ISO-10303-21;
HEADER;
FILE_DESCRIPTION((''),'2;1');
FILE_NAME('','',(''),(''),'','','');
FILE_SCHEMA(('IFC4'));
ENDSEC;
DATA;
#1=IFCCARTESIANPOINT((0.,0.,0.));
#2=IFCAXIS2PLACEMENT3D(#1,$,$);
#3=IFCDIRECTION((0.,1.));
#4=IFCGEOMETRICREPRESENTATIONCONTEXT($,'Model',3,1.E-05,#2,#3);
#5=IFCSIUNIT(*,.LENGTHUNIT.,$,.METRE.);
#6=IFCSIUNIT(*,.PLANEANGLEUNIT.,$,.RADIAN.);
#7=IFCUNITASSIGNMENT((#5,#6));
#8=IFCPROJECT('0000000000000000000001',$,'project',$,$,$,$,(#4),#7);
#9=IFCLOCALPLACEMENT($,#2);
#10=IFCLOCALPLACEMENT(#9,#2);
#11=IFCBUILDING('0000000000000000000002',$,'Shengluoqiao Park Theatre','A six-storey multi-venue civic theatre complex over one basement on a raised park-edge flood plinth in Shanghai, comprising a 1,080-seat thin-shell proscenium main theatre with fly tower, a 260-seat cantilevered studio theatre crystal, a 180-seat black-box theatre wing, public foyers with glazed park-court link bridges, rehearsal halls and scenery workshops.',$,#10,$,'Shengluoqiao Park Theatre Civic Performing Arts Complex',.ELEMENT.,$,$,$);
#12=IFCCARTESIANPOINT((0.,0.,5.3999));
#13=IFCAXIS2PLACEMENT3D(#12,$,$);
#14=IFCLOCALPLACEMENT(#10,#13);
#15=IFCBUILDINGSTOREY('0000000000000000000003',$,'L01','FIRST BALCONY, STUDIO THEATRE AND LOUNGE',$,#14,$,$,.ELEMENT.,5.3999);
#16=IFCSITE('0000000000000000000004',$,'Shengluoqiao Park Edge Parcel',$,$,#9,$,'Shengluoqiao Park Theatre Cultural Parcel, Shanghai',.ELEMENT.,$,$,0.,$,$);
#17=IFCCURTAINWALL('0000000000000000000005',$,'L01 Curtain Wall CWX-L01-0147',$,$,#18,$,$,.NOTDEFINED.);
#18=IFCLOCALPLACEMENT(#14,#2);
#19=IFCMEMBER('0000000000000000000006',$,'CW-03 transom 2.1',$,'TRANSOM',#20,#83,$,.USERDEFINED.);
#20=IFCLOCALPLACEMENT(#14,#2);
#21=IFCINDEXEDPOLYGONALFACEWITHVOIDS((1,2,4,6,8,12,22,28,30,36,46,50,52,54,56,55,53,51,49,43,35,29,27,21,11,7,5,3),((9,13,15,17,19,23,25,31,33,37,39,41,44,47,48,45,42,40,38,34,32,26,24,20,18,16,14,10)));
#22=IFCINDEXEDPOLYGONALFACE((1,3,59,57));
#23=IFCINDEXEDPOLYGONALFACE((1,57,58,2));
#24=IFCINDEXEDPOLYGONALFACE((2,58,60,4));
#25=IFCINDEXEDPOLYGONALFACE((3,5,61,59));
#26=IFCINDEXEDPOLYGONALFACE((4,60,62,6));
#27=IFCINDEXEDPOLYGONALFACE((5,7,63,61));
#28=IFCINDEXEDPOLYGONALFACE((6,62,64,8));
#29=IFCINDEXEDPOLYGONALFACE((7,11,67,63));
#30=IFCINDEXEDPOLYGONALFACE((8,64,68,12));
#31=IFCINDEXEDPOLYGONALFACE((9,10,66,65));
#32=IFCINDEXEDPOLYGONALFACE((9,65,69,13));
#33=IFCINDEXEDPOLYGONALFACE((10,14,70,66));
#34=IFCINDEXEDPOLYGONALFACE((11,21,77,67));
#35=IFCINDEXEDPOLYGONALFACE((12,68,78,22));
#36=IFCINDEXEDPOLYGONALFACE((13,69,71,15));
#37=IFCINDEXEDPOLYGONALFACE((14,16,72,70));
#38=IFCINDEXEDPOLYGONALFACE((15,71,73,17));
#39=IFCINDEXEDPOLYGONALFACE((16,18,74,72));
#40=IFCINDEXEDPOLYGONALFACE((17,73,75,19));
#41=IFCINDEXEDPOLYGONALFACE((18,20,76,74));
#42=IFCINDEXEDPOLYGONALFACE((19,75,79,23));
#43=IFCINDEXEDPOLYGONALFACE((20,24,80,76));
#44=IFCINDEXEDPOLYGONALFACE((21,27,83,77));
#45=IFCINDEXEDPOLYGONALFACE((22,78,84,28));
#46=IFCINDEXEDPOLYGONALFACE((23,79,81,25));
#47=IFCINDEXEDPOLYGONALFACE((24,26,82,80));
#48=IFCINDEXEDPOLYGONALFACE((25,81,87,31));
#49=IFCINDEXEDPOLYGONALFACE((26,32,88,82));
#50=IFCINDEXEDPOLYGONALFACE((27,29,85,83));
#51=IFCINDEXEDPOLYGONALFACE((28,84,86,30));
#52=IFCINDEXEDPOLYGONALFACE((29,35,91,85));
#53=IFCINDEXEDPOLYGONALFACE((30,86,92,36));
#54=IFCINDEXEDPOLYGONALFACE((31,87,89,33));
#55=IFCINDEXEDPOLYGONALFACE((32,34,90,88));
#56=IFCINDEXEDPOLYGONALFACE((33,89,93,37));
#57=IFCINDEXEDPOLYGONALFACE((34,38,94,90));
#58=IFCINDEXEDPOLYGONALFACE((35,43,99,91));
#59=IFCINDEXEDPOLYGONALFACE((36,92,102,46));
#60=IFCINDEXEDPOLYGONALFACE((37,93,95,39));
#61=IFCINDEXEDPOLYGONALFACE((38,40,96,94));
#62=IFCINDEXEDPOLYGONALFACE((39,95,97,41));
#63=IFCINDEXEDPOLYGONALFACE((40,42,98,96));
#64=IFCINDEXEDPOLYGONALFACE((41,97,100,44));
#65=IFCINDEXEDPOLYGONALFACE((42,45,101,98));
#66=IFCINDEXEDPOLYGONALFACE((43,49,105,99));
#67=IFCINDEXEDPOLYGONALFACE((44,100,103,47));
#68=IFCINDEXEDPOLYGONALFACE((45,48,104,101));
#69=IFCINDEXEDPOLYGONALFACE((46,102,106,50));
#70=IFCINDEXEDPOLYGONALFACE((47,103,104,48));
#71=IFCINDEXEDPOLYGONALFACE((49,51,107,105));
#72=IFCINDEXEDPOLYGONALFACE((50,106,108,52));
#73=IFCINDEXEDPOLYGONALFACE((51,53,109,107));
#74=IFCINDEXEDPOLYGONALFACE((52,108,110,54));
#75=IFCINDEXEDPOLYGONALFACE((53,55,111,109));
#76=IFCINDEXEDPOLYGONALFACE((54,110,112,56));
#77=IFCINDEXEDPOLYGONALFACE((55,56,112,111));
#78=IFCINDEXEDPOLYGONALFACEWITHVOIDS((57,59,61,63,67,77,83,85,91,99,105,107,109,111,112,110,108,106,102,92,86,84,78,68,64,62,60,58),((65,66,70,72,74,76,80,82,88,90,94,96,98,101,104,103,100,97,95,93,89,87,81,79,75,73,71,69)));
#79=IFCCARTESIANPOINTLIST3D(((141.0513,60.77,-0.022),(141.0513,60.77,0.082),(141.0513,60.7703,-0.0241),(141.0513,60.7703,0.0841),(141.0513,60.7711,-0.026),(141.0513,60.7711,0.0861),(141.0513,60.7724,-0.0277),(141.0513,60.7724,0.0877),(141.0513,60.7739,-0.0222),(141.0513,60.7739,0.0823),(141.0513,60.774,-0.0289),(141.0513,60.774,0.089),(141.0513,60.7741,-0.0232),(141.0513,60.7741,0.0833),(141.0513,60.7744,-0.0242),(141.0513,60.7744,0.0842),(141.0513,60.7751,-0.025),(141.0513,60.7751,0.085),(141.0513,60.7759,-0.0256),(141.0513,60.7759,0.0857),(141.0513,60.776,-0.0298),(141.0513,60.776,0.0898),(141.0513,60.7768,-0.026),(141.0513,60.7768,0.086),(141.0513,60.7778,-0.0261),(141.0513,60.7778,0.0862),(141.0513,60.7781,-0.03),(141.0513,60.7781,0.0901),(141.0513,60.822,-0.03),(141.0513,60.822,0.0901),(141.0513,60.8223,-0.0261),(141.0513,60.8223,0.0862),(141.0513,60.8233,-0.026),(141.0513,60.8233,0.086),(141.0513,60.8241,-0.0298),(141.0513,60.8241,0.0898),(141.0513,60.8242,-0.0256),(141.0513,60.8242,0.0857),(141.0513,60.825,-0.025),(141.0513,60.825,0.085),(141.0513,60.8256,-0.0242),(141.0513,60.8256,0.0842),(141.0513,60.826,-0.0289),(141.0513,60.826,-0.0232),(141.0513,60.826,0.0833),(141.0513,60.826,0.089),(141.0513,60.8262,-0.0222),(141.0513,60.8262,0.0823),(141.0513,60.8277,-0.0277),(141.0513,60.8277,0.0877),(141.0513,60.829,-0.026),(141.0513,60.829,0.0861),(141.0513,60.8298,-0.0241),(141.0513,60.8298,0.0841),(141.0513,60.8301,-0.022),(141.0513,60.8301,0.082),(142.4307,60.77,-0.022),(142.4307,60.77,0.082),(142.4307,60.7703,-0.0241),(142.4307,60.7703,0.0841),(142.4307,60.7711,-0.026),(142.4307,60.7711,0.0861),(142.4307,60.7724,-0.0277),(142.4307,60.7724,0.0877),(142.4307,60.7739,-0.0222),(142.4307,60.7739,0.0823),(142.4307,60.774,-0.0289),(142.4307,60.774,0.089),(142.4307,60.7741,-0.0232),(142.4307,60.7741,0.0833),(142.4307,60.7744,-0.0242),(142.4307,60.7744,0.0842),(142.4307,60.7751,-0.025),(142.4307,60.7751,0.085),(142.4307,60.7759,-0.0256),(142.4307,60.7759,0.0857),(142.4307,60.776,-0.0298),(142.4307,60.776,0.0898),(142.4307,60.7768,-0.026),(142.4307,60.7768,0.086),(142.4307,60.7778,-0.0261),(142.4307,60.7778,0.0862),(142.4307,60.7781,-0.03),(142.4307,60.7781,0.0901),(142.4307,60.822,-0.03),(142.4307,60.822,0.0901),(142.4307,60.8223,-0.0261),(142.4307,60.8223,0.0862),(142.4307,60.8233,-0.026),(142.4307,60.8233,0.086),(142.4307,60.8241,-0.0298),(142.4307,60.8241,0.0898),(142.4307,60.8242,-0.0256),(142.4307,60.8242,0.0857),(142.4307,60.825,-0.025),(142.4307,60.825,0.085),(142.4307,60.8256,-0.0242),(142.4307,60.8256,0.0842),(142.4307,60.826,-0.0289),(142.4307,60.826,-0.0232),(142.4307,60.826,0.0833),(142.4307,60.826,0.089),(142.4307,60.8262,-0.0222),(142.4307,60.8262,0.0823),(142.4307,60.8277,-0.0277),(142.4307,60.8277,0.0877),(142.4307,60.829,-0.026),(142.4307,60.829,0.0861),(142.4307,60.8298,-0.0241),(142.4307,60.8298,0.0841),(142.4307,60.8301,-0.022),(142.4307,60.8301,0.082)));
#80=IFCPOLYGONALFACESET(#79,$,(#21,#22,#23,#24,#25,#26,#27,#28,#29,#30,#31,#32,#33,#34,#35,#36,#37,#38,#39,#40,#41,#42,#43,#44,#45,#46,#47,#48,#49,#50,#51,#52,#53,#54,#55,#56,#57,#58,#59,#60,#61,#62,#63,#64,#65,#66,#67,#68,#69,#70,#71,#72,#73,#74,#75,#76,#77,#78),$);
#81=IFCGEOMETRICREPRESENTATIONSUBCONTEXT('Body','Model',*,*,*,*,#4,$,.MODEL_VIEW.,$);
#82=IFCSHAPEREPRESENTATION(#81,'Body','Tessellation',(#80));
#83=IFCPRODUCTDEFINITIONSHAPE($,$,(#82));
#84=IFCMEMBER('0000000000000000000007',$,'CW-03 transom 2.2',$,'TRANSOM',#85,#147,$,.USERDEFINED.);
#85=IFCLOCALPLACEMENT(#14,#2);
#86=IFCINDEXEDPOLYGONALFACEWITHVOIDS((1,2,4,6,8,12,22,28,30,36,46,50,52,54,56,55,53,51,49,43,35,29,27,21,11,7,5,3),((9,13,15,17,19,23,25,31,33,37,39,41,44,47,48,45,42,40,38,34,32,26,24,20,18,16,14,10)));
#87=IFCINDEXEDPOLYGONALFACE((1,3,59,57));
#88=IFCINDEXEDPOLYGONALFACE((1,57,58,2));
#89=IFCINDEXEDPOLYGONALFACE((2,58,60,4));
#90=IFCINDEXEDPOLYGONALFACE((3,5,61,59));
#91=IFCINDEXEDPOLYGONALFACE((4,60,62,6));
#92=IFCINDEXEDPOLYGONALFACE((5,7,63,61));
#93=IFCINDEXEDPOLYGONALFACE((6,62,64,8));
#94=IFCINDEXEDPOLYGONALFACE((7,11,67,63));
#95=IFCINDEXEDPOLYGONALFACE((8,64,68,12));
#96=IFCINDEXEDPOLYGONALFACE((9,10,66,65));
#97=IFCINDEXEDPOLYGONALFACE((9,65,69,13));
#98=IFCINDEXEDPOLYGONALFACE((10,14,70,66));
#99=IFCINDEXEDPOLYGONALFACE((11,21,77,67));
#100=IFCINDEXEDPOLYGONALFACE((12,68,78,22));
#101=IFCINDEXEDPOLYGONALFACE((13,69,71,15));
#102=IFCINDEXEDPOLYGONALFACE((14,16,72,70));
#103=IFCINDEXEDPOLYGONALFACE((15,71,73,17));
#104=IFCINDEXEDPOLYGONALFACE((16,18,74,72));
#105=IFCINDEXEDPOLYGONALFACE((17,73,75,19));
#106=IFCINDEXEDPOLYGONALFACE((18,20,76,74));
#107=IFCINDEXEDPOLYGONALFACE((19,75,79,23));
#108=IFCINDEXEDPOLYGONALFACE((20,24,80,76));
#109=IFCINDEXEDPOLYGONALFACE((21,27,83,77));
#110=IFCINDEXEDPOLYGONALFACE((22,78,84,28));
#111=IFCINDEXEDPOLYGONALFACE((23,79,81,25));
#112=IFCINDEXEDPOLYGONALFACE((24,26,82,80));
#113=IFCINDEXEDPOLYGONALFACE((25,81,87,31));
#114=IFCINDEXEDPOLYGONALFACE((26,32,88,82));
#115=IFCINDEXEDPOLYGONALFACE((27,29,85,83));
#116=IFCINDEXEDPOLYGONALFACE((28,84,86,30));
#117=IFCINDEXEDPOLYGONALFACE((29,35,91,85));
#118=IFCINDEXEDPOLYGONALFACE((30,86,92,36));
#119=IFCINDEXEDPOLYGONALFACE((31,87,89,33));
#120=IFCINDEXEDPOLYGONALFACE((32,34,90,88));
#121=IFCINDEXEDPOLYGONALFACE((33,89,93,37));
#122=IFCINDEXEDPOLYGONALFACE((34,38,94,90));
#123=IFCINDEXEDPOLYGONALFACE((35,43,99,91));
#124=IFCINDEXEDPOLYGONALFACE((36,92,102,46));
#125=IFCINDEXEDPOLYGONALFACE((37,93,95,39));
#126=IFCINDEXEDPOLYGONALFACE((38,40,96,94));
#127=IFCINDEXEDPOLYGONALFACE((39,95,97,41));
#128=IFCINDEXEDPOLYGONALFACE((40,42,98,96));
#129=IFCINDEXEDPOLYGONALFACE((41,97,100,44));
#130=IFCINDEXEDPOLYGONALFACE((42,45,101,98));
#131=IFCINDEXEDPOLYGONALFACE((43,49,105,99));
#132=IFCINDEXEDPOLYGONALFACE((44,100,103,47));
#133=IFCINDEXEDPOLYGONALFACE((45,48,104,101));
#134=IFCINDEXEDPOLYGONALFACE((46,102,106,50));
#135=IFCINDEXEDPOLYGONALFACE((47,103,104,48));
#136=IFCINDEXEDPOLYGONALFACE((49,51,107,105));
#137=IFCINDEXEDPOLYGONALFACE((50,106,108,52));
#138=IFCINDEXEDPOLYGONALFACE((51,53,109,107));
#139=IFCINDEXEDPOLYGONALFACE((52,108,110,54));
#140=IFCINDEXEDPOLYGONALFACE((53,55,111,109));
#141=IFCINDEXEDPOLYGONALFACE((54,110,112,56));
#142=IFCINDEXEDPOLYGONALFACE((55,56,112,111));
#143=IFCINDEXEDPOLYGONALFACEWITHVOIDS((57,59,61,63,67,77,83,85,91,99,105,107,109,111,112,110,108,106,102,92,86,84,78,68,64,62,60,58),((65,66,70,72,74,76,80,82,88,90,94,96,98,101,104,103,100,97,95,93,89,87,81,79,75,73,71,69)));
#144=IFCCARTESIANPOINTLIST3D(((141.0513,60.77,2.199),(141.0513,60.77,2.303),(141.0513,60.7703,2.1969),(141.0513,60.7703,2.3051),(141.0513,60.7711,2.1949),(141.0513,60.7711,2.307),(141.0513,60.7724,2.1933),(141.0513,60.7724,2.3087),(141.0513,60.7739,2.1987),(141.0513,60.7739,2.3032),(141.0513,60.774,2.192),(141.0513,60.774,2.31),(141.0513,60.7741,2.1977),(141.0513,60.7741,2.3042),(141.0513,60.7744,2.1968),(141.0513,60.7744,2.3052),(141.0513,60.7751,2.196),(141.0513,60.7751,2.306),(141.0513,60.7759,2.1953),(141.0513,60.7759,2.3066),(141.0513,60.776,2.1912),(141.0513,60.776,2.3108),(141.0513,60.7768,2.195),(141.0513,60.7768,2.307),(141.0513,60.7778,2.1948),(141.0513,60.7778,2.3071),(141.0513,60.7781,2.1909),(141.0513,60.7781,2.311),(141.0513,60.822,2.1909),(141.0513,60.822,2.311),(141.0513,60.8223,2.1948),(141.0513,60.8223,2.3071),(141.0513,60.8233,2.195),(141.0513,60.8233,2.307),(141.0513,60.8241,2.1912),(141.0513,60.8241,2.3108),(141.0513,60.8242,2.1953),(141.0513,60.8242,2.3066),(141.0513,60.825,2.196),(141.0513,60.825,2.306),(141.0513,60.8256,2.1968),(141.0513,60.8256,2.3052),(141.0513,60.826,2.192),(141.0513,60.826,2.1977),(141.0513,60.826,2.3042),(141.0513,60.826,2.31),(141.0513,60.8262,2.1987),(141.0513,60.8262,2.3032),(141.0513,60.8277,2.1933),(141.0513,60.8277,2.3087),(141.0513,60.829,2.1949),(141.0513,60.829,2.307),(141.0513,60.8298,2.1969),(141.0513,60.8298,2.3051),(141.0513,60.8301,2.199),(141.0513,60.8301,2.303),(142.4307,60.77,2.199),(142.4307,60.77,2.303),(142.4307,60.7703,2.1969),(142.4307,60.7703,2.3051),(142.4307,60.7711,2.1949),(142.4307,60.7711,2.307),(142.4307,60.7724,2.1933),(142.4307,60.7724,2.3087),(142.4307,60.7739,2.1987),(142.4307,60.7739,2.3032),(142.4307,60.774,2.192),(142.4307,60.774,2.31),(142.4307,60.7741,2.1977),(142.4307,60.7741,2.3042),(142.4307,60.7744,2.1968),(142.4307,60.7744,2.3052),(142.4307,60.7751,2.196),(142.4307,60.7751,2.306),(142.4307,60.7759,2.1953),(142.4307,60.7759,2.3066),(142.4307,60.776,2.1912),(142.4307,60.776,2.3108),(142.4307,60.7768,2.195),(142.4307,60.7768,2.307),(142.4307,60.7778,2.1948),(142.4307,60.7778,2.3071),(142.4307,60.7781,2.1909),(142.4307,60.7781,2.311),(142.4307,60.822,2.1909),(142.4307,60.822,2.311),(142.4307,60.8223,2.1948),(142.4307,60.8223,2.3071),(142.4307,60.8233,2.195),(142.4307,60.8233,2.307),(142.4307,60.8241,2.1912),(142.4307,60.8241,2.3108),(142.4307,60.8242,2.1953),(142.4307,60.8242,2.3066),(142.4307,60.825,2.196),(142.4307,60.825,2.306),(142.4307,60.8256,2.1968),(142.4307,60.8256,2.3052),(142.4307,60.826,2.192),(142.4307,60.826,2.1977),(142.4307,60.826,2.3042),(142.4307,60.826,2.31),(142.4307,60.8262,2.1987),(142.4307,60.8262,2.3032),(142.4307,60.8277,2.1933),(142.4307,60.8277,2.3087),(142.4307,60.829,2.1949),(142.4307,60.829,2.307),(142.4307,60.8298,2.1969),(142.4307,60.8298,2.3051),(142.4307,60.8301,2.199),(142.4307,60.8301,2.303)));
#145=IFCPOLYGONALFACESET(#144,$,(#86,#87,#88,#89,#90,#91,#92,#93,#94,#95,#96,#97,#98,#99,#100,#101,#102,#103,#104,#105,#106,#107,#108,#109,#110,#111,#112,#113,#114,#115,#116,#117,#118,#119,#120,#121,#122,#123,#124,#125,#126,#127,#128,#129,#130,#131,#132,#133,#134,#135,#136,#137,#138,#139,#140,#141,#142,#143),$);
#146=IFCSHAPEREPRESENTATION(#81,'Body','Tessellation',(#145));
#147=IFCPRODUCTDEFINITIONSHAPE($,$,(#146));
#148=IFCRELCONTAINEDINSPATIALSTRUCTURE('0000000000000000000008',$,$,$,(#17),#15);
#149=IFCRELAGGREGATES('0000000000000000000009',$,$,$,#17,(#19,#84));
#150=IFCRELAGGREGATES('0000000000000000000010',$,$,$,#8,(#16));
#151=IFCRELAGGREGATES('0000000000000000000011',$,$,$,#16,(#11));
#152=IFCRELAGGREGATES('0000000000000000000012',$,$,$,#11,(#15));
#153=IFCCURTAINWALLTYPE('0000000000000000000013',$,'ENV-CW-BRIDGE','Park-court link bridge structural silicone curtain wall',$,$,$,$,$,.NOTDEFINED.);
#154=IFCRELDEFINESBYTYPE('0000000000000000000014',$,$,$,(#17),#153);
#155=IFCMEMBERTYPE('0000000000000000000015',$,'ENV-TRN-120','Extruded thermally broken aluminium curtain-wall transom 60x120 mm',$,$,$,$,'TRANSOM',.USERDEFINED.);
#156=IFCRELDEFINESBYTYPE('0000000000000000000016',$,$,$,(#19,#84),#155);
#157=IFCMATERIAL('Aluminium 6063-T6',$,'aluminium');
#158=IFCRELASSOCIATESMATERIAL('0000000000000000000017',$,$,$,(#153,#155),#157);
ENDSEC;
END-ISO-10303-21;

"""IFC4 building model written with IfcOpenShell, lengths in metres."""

from ifc_helpers import new_model, si_unit, direction, frame, origin, origin_2d, place, context, subcontext, project, spatial, hollow_rectangle, extrude, material, material_profile, profile_set, type_object, element, aggregate, save


model = new_model("IFC4")

# Units and contexts
model_context = context("Model", 3, precision=1e-05, world=origin(), true_north=direction((0.0, 1.0)))
body_context = subcontext(model_context, "Body", "Model", "MODEL_VIEW")
ifc_project = project(units=[si_unit("LENGTHUNIT", "METRE"), si_unit("PLANEANGLEUNIT", "RADIAN")], contexts=[model_context])

# Site, building, storey
site_placement = place(None, origin())
site = spatial("IfcSite", under=ifc_project, at=site_placement, Name="Shengluoqiao Park Edge Parcel", LongName="Shengluoqiao Park Theatre Cultural Parcel, Shanghai", CompositionType="ELEMENT", RefElevation=0.0)
building_placement = place(site_placement, origin())
building = spatial("IfcBuilding", under=site, at=building_placement, Name="Shengluoqiao Park Theatre", Description="A six-storey multi-venue civic theatre complex over one basement on a raised park-edge flood plinth in Shanghai, comprising a 1,080-seat thin-shell proscenium main theatre with fly tower, a 260-seat cantilevered studio theatre crystal, a 180-seat black-box theatre wing, public foyers with glazed park-court link bridges, rehearsal halls and scenery workshops.", LongName="Shengluoqiao Park Theatre Civic Performing Arts Complex", CompositionType="ELEMENT")
storey_placement = place(building_placement, frame((0.0, 0.0, 5.3999)))
storey = spatial("IfcBuildingStorey", under=building, at=storey_placement, Name="L01", Description="FIRST BALCONY, STUDIO THEATRE AND LOUNGE", CompositionType="ELEMENT", Elevation=5.3999)

# Curtain wall
ifc_material_1 = material(Name="Aluminium 6063-T6", Category="aluminium")
curtain_wall_type = type_object("IfcCurtainWallType", Name="ENV-CW-BRIDGE", Description="Park-court link bridge structural silicone curtain wall", PredefinedType="NOTDEFINED", material=ifc_material_1)
curtain_wall_1_placement = place(storey_placement, origin())
curtain_wall_1 = element("IfcCurtainWall", 1, at=curtain_wall_1_placement, inside=storey, type_object=curtain_wall_type, Name="L01 Curtain Wall CWX-L01-0147", PredefinedType="NOTDEFINED")

# Members
ifc_material_profile_1 = material_profile(ifc_material_1, hollow_rectangle(XDim=0.0601, YDim=0.1201, WallThickness=0.0039, InnerFilletRadius=0.0039, OuterFilletRadius=0.0081, at=origin_2d()), Name="ALU TRANSOM 120x60x4")
ifc_profile_set_1 = profile_set([ifc_material_profile_1], Name="Aluminium 6063-T6")
member_type_1 = type_object("IfcMemberType", Name="ENV-TRN-120", Description="Extruded thermally broken aluminium curtain-wall transom 60x120 mm", ElementType="TRANSOM", PredefinedType="USERDEFINED", material=ifc_profile_set_1)
member_1_placement = place(storey_placement, frame((141.0513, 60.8, 0.03), z_axis=(1.0, 0.0, 0.0), x_axis=(0.0, 1.0, 0.0)))
member_1 = element("IfcMember", 2, at=member_1_placement, type_object=member_type_1, Name="CW-03 transom 2.1", ObjectType="TRANSOM", PredefinedType="USERDEFINED", context=body_context, shape_type="SweptSolid", body=[
    extrude(hollow_rectangle(XDim=0.0601, YDim=0.1201, WallThickness=0.0039, InnerFilletRadius=0.0039, OuterFilletRadius=0.0081, at=origin_2d()), origin(), (0.0, 0.0, 1.0), 1.3794),
])
member_2_placement = place(storey_placement, frame((141.0513, 60.8, 2.251), z_axis=(1.0, 0.0, 0.0), x_axis=(0.0, 1.0, 0.0)))
member_2 = element("IfcMember", 3, at=member_2_placement, type_object=member_type_1, Name="CW-03 transom 2.2", ObjectType="TRANSOM", PredefinedType="USERDEFINED", context=body_context, shape_type="SweptSolid", body=[
    extrude(hollow_rectangle(XDim=0.0601, YDim=0.1201, WallThickness=0.0039, InnerFilletRadius=0.0039, OuterFilletRadius=0.0081, at=origin_2d()), origin(), (0.0, 0.0, 1.0), 1.3794),
])

aggregate(curtain_wall_1, [member_1, member_2])

save(model, "model.ifc")
